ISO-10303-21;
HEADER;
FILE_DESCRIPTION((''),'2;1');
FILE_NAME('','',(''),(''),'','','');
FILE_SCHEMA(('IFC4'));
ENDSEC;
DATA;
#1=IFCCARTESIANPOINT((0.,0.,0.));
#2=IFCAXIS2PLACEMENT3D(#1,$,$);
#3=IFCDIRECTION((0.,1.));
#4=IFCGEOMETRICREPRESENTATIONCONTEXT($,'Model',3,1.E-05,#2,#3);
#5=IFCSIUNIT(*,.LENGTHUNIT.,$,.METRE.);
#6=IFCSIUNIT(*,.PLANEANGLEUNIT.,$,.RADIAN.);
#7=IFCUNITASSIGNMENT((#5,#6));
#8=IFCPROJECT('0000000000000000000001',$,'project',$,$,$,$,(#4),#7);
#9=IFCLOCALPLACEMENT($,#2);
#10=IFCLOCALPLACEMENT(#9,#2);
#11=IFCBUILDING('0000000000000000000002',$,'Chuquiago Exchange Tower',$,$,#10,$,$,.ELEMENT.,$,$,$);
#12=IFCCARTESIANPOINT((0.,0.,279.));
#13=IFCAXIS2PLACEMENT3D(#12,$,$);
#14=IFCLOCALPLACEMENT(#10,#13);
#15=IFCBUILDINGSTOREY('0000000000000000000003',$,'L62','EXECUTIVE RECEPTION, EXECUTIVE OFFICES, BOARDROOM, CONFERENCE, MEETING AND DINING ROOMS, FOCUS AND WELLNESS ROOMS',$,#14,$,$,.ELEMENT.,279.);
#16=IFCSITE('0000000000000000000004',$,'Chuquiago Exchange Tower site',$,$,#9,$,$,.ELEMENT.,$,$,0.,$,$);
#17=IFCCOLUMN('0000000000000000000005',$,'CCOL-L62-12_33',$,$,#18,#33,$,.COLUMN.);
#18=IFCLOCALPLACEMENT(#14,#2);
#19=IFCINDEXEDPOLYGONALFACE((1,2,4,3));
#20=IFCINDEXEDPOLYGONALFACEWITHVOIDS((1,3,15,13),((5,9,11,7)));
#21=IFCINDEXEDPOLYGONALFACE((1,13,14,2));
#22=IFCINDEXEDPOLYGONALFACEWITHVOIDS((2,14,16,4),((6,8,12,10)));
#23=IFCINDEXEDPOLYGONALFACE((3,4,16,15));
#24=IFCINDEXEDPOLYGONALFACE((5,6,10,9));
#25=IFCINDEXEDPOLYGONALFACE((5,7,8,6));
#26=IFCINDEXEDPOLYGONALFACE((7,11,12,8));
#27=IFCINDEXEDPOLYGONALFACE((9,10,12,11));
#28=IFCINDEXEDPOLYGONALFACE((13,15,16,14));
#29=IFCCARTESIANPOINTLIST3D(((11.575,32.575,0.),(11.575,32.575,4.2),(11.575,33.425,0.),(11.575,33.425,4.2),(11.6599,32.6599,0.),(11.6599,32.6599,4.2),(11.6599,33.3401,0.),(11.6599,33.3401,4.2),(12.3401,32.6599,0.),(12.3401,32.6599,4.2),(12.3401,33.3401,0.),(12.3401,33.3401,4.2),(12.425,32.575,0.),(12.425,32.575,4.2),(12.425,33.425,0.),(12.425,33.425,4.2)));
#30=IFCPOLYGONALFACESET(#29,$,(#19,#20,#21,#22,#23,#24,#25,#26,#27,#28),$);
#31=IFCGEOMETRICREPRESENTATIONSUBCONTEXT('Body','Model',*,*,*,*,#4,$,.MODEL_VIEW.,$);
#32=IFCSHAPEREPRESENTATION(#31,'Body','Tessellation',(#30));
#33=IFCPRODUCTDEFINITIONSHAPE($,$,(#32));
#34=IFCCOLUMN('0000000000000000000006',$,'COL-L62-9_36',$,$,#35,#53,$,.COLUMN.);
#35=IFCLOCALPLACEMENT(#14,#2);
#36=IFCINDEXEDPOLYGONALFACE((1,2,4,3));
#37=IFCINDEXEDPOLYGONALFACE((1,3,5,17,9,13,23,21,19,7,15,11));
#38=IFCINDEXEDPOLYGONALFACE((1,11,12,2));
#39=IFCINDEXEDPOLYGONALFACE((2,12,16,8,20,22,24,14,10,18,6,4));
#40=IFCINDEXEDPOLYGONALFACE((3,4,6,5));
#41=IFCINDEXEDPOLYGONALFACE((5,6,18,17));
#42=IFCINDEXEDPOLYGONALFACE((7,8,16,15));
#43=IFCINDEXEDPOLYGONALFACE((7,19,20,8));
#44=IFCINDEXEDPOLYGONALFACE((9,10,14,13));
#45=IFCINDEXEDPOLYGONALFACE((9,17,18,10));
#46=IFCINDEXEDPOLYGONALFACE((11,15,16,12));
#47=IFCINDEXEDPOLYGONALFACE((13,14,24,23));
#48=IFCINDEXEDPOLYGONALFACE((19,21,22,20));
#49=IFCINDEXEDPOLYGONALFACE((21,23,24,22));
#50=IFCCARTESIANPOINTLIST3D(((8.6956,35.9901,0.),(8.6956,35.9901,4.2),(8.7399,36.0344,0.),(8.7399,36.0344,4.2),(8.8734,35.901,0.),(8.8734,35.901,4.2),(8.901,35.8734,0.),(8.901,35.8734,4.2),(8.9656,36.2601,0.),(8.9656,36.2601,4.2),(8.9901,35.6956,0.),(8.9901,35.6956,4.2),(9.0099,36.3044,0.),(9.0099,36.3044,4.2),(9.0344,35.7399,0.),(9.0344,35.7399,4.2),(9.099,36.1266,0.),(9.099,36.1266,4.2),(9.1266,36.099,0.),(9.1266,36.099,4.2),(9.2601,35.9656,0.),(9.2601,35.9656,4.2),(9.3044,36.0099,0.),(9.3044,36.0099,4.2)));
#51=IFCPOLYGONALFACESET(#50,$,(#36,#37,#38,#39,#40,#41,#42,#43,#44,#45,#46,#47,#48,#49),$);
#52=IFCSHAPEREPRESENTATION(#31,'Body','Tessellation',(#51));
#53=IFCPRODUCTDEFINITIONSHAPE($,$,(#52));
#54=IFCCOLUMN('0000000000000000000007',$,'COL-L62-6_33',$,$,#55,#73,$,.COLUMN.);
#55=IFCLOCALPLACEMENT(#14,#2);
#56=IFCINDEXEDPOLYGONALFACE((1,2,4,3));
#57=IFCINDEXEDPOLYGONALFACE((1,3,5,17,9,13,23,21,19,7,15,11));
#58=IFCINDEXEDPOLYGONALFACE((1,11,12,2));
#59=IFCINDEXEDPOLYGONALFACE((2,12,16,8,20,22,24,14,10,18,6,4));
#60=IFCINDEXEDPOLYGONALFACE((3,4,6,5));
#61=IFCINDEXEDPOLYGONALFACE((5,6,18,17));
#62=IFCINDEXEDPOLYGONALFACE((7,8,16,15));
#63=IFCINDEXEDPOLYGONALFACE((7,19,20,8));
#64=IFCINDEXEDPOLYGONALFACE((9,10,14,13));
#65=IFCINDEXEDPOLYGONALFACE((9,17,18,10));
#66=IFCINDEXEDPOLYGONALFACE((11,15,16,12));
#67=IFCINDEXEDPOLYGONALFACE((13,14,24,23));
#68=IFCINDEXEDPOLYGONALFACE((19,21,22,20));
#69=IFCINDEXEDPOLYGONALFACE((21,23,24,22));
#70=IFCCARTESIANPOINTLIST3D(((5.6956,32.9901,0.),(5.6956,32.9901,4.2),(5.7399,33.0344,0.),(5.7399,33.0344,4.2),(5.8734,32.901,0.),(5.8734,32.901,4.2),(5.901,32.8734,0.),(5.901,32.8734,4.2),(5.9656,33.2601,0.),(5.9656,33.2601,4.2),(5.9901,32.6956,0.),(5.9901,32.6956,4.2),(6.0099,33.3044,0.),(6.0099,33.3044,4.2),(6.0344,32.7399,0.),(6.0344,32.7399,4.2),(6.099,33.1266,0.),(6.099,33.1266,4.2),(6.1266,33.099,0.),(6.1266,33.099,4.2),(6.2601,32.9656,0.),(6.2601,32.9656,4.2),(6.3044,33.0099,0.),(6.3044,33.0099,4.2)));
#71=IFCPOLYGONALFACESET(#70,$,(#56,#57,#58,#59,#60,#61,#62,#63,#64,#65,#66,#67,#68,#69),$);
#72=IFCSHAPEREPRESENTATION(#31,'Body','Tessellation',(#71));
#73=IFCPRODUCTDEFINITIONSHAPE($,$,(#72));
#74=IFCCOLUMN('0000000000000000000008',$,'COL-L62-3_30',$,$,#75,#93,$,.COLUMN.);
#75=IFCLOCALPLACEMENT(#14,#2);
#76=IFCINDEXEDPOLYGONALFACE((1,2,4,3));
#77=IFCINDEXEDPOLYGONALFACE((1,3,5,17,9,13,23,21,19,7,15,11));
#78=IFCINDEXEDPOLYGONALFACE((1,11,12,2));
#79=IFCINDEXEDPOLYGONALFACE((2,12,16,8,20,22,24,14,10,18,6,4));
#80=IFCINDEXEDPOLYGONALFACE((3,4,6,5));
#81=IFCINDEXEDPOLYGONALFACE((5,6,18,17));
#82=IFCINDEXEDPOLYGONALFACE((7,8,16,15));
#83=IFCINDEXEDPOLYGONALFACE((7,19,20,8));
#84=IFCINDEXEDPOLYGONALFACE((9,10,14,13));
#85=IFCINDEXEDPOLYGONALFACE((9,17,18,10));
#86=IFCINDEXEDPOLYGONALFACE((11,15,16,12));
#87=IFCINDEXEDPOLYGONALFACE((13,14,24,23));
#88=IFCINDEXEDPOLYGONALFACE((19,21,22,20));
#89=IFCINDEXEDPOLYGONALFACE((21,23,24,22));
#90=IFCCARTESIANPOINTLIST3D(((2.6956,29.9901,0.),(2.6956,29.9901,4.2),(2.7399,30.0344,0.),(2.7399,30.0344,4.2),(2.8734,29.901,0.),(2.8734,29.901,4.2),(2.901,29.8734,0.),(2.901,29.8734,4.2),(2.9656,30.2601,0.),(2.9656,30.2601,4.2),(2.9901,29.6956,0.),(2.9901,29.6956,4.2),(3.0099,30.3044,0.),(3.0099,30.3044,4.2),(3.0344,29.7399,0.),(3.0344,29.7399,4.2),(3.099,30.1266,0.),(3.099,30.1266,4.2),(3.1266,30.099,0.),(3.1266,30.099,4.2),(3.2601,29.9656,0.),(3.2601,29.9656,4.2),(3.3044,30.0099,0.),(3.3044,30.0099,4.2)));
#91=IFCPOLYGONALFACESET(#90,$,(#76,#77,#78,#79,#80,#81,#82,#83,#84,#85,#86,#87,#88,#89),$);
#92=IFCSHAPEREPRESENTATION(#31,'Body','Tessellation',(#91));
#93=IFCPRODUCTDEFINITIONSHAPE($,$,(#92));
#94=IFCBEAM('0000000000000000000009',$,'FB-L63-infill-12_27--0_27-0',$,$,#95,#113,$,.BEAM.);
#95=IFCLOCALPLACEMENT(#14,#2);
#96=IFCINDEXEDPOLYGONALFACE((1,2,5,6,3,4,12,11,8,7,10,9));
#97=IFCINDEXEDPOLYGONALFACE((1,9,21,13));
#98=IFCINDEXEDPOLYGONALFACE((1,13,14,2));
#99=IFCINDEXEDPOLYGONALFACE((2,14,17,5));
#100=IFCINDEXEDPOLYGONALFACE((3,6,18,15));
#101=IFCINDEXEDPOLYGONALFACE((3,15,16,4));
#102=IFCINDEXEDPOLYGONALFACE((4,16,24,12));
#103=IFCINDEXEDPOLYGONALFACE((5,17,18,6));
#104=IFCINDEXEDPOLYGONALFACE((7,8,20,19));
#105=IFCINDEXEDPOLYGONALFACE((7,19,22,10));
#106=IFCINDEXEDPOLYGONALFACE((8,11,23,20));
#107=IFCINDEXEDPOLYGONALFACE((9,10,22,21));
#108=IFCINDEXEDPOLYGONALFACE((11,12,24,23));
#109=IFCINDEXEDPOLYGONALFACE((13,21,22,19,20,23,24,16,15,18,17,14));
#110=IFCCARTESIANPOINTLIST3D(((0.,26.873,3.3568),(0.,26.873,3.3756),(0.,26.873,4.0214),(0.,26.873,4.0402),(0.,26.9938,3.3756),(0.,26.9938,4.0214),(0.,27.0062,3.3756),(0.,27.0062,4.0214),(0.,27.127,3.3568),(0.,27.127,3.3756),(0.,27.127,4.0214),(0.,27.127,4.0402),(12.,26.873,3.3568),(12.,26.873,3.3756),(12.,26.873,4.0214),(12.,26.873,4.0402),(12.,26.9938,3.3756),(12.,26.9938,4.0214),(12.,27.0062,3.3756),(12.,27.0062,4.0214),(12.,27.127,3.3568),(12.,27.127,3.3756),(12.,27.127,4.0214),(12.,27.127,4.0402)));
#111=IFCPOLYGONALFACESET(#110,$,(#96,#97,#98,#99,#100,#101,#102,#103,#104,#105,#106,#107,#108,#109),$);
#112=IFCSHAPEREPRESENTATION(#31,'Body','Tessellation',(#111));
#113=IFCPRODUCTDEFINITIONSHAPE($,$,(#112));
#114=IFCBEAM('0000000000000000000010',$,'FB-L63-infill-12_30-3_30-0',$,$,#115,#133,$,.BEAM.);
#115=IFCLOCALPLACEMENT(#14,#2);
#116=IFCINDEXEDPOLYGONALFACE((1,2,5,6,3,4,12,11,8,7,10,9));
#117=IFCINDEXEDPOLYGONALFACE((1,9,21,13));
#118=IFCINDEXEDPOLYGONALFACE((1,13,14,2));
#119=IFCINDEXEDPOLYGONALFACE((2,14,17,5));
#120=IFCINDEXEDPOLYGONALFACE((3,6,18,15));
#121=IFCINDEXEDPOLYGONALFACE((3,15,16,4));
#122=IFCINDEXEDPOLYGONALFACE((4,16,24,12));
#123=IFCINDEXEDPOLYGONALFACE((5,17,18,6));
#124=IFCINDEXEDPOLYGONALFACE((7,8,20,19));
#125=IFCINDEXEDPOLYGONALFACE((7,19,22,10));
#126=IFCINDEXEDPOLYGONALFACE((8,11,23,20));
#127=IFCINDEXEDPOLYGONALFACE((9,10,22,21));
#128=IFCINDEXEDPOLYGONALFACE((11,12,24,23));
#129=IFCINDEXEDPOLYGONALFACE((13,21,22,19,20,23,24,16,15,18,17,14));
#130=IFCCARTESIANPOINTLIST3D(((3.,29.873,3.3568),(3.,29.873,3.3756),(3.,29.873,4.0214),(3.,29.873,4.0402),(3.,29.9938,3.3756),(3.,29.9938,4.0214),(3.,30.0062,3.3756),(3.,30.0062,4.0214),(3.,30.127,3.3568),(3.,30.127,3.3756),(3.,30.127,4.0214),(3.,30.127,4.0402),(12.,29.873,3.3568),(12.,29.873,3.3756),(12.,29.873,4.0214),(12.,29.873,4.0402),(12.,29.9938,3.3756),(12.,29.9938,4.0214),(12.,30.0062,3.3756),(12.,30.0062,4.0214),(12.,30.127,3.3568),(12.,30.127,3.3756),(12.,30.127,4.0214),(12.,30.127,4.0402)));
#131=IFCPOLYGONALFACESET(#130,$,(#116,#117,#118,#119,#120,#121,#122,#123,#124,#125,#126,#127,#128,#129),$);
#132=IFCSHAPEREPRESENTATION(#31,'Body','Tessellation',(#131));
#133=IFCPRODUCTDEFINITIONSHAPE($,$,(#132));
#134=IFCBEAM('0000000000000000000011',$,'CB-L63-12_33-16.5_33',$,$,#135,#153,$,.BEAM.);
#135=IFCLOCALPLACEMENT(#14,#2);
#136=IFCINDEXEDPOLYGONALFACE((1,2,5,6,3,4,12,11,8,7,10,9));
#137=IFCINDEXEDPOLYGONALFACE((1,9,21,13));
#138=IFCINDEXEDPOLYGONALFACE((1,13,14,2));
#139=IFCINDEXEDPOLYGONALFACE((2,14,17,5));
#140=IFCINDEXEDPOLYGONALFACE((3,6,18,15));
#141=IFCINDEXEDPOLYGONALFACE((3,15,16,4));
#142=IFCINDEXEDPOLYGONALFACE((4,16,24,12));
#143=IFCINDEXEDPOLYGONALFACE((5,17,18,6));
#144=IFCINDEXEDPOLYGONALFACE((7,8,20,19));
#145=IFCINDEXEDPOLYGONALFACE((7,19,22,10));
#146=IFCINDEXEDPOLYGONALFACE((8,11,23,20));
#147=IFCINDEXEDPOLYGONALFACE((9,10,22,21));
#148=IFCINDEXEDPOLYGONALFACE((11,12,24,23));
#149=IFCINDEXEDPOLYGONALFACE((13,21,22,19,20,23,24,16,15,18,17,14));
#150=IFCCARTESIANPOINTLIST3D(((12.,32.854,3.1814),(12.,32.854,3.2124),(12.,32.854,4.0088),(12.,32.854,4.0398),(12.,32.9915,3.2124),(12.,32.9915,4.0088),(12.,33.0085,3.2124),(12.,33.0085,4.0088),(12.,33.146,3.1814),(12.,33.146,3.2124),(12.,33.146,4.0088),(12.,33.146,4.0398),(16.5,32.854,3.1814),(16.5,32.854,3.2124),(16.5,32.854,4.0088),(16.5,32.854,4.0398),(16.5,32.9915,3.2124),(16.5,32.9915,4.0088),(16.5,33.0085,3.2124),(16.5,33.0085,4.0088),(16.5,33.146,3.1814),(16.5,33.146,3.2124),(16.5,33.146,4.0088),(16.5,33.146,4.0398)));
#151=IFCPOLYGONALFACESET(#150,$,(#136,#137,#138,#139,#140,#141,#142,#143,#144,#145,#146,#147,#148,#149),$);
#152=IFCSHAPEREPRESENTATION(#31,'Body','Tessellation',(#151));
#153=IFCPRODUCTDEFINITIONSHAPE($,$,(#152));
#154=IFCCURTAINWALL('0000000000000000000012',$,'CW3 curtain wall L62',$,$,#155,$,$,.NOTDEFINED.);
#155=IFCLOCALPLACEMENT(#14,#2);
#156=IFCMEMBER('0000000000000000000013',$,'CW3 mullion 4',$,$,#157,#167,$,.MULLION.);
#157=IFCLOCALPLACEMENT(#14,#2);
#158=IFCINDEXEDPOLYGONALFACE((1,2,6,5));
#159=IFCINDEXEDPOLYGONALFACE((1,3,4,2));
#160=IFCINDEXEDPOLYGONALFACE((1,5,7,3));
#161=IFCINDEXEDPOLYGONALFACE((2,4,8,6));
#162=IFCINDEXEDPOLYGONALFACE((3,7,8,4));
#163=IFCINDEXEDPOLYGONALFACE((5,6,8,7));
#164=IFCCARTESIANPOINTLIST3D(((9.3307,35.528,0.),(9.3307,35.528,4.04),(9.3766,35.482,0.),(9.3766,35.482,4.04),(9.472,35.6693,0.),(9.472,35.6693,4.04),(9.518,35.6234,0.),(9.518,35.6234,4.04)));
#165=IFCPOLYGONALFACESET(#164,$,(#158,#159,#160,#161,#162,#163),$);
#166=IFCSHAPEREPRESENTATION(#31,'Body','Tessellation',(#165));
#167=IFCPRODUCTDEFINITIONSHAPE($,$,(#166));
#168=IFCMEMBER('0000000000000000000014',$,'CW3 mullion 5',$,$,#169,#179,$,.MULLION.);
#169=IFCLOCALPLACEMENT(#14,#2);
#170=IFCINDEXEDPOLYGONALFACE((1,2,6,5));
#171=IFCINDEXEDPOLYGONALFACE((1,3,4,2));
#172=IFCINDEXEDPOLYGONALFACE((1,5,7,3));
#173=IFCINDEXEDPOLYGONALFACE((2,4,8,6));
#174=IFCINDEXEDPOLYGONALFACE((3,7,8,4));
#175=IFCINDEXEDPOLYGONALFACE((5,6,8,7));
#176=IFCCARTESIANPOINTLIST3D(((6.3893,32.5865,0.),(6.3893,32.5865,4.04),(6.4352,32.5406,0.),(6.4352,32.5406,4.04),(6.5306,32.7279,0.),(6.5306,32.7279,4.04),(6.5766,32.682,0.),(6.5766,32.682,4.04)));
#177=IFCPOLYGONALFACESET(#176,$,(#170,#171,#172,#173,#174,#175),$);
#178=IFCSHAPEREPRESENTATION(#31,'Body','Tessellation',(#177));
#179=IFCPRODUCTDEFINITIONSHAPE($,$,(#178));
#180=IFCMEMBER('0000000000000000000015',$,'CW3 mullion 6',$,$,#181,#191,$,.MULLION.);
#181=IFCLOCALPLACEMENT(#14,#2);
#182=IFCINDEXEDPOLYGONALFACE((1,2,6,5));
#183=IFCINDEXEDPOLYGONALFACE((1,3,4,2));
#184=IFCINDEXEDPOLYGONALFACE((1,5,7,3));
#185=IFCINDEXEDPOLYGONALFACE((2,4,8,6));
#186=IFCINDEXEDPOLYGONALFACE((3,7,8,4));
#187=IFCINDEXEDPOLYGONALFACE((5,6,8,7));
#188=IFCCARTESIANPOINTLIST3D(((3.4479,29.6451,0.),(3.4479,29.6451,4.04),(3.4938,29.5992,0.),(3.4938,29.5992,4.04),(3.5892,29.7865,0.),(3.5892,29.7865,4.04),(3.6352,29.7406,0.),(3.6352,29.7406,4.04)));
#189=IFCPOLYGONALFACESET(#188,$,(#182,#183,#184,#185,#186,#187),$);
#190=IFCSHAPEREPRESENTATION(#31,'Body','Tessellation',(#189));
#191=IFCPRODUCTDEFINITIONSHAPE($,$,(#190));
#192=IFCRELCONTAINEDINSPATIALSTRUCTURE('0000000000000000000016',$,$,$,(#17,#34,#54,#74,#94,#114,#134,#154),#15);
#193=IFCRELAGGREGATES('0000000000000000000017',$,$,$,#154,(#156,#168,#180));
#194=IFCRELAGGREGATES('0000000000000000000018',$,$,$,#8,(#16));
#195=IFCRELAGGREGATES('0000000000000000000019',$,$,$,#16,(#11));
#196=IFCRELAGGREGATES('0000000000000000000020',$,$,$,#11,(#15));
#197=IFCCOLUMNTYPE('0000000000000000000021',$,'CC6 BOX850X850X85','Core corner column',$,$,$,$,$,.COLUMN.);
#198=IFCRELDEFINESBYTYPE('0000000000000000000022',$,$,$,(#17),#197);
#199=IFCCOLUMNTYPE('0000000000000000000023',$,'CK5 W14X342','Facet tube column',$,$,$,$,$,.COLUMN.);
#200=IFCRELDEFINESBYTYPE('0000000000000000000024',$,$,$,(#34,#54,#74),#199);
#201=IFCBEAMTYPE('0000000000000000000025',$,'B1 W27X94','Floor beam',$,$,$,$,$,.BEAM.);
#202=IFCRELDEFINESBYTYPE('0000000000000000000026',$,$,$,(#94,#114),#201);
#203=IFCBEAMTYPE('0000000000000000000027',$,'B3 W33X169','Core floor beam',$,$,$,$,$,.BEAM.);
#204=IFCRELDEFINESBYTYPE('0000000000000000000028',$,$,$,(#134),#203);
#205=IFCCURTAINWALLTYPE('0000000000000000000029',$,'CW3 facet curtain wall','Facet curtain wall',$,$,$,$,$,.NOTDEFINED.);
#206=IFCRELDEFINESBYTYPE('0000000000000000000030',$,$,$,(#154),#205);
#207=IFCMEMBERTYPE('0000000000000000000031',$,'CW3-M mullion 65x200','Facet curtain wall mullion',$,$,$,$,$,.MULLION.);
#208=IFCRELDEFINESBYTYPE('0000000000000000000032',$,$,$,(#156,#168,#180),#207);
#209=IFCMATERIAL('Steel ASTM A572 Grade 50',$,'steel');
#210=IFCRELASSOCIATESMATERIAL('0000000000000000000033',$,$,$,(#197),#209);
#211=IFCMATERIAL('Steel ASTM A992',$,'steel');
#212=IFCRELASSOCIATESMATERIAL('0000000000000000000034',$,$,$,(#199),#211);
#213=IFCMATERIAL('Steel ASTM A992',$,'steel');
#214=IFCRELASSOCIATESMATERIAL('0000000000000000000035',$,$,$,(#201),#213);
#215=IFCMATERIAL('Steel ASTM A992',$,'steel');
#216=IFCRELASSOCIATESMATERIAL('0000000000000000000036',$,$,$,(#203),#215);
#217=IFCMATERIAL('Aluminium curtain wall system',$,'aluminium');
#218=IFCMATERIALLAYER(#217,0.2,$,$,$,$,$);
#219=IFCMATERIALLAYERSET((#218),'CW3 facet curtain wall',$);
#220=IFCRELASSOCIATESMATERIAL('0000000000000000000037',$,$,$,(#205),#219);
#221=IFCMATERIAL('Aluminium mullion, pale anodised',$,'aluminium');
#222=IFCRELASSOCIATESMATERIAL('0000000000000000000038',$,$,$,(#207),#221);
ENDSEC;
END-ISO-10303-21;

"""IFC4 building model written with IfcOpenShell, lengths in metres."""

from ifc_helpers import new_model, si_unit, direction, frame, origin, origin_2d, place, context, subcontext, project, spatial, rectangle, hollow_rectangle, i_section, extrude, material, layer, layer_set, material_profile, profile_set, type_object, element, aggregate, save


model = new_model("IFC4")

# Units and contexts
model_context = context("Model", 3, precision=1e-05, world=origin(), true_north=direction((0.0, 1.0)))
body_context = subcontext(model_context, "Body", "Model", "MODEL_VIEW")
ifc_project = project(units=[si_unit("LENGTHUNIT", "METRE"), si_unit("PLANEANGLEUNIT", "RADIAN")], contexts=[model_context])

# Site, building, storey
site_placement = place(None, origin())
site = spatial("IfcSite", under=ifc_project, at=site_placement, Name="Chuquiago Exchange Tower site", CompositionType="ELEMENT", RefElevation=0.0)
building_placement = place(site_placement, origin())
building = spatial("IfcBuilding", under=site, at=building_placement, Name="Chuquiago Exchange Tower", CompositionType="ELEMENT")
storey_placement = place(building_placement, frame((0.0, 0.0, 279.0)))
storey = spatial("IfcBuildingStorey", under=building, at=storey_placement, Name="L62", Description="EXECUTIVE RECEPTION, EXECUTIVE OFFICES, BOARDROOM, CONFERENCE, MEETING AND DINING ROOMS, FOCUS AND WELLNESS ROOMS", CompositionType="ELEMENT", Elevation=279.0)

# Columns
ifc_material_1 = material(Name="Steel ASTM A572 Grade 50", Category="steel")
ifc_material_profile_1 = material_profile(ifc_material_1, hollow_rectangle(XDim=0.8501, YDim=0.8501, WallThickness=0.085, at=origin_2d()), Name="BOX850X850X85")
ifc_profile_set_1 = profile_set([ifc_material_profile_1], Name="Steel ASTM A572 Grade 50")
column_type_1 = type_object("IfcColumnType", Name="CC6 BOX850X850X85", Description="Core corner column", PredefinedType="COLUMN", material=ifc_profile_set_1)
column_placement = place(storey_placement, frame((12.0, 33.0, 0.0), z_axis=(0.0, 0.0, 1.0), x_axis=(1.0, 0.0, 0.0)))
element("IfcColumn", 1, at=column_placement, inside=storey, type_object=column_type_1, Name="CCOL-L62-12_33", PredefinedType="COLUMN", context=body_context, shape_type="SweptSolid", body=[
    extrude(hollow_rectangle(XDim=0.8501, YDim=0.8501, WallThickness=0.085, at=origin_2d()), origin(), (0.0, 0.0, 1.0), 4.2),
])
ifc_material_2 = material(Name="Steel ASTM A992", Category="steel")
ifc_material_profile_2 = material_profile(ifc_material_2, i_section(OverallWidth=0.4165, OverallDepth=0.4446, WebThickness=0.0391, FlangeThickness=0.0627, at=origin_2d()), Name="W14X342")
ifc_profile_set_2 = profile_set([ifc_material_profile_2], Name="Steel ASTM A992")
column_type_2 = type_object("IfcColumnType", Name="CK5 W14X342", Description="Facet tube column", PredefinedType="COLUMN", material=ifc_profile_set_2)
for number, where, z_axis, x_axis, name in (
    (2, (9.0, 36.0, 0.0), (0.0, 0.0, 1.0), (-0.707107, 0.707107, 0.0), "COL-L62-9_36"),
    (3, (6.0, 33.0, 0.0), (0.0, 0.0, 1.0), (-0.707107, 0.707107, 0.0), "COL-L62-6_33"),
    (4, (3.0, 30.0, 0.0), (0.0, 0.0, 1.0), (-0.707107, 0.707107, 0.0), "COL-L62-3_30"),
):
    element("IfcColumn", number, at=place(storey_placement, frame(where, z_axis=z_axis, x_axis=x_axis)), inside=storey, type_object=column_type_2, Name=name, PredefinedType="COLUMN", context=body_context, shape_type="SweptSolid", body=[
        extrude(i_section(OverallWidth=0.4165, OverallDepth=0.4446, WebThickness=0.0391, FlangeThickness=0.0627, at=origin_2d()), origin(), (0.0, 0.0, 1.0), 4.2),
    ])

# Beams
ifc_material_3 = material(Name="Steel ASTM A992", Category="steel")
ifc_material_profile_3 = material_profile(ifc_material_3, i_section(OverallWidth=0.2539, OverallDepth=0.6833, WebThickness=0.0125, FlangeThickness=0.0188, at=origin_2d()), Name="W27X94")
ifc_profile_set_3 = profile_set([ifc_material_profile_3], Name="Steel ASTM A992")
beam_type_1 = type_object("IfcBeamType", Name="B1 W27X94", Description="Floor beam", PredefinedType="BEAM", material=ifc_profile_set_3)
beam_1_placement = place(storey_placement, frame((12.0, 27.0, 3.6985), z_axis=(-1.0, 0.0, 0.0), x_axis=(0.0, -1.0, 0.0)))
element("IfcBeam", 5, at=beam_1_placement, inside=storey, type_object=beam_type_1, Name="FB-L63-infill-12_27--0_27-0", PredefinedType="BEAM", context=body_context, shape_type="SweptSolid", body=[
    extrude(i_section(OverallWidth=0.2539, OverallDepth=0.6833, WebThickness=0.0125, FlangeThickness=0.0188, at=origin_2d()), origin(), (0.0, 0.0, 1.0), 12.0),
])
beam_2_placement = place(storey_placement, frame((12.0, 30.0, 3.6985), z_axis=(-1.0, 0.0, 0.0), x_axis=(0.0, -1.0, 0.0)))
element("IfcBeam", 6, at=beam_2_placement, inside=storey, type_object=beam_type_1, Name="FB-L63-infill-12_30-3_30-0", PredefinedType="BEAM", context=body_context, shape_type="SweptSolid", body=[
    extrude(i_section(OverallWidth=0.2539, OverallDepth=0.6833, WebThickness=0.0125, FlangeThickness=0.0188, at=origin_2d()), origin(), (0.0, 0.0, 1.0), 9.0),
])
ifc_material_4 = material(Name="Steel ASTM A992", Category="steel")
ifc_material_profile_4 = material_profile(ifc_material_4, i_section(OverallWidth=0.292, OverallDepth=0.8584, WebThickness=0.0171, FlangeThickness=0.031, at=origin_2d()), Name="W33X169")
ifc_profile_set_4 = profile_set([ifc_material_profile_4], Name="Steel ASTM A992")
beam_type_2 = type_object("IfcBeamType", Name="B3 W33X169", Description="Core floor beam", PredefinedType="BEAM", material=ifc_profile_set_4)
beam_3_placement = place(storey_placement, frame((12.0, 33.0, 3.6106), z_axis=(1.0, 0.0, 0.0), x_axis=(0.0, 1.0, 0.0)))
element("IfcBeam", 7, at=beam_3_placement, inside=storey, type_object=beam_type_2, Name="CB-L63-12_33-16.5_33", PredefinedType="BEAM", context=body_context, shape_type="SweptSolid", body=[
    extrude(i_section(OverallWidth=0.292, OverallDepth=0.8584, WebThickness=0.0171, FlangeThickness=0.031, at=origin_2d()), origin(), (0.0, 0.0, 1.0), 4.5),
])

# Curtain wall, members
ifc_material_5 = material(Name="Aluminium curtain wall system", Category="aluminium")
ifc_layer_1 = layer(ifc_material_5, 0.2)
ifc_layer_set_1 = layer_set([ifc_layer_1], Name="CW3 facet curtain wall")
curtain_wall_type = type_object("IfcCurtainWallType", Name="CW3 facet curtain wall", Description="Facet curtain wall", PredefinedType="NOTDEFINED", material=ifc_layer_set_1)
curtain_wall_placement = place(storey_placement, origin())
curtain_wall = element("IfcCurtainWall", 8, at=curtain_wall_placement, inside=storey, type_object=curtain_wall_type, Name="CW3 curtain wall L62", PredefinedType="NOTDEFINED")
ifc_material_6 = material(Name="Aluminium mullion, pale anodised", Category="aluminium")
ifc_material_profile_5 = material_profile(ifc_material_6, rectangle(XDim=0.0649, YDim=0.2, at=origin_2d()), Name="AL 65x200")
ifc_profile_set_5 = profile_set([ifc_material_profile_5], Name="Aluminium mullion, pale anodised")
member_type_1 = type_object("IfcMemberType", Name="CW3-M mullion 65x200", Description="Facet curtain wall mullion", PredefinedType="MULLION", material=ifc_profile_set_5)
member_1_placement = place(storey_placement, frame((9.4243, 35.5757, 0.0), z_axis=(0.0, 0.0, 1.0), x_axis=(0.707107, -0.707107, 0.0)))
member_1 = element("IfcMember", 9, at=member_1_placement, type_object=member_type_1, Name="CW3 mullion 4", PredefinedType="MULLION", context=body_context, shape_type="SweptSolid", body=[
    extrude(rectangle(XDim=0.0649, YDim=0.2, at=origin_2d()), origin(), (0.0, 0.0, 1.0), 4.04),
])
member_2_placement = place(storey_placement, frame((6.4829, 32.6343, 0.0), z_axis=(0.0, 0.0, 1.0), x_axis=(0.707107, -0.707107, 0.0)))
member_2 = element("IfcMember", 10, at=member_2_placement, type_object=member_type_1, Name="CW3 mullion 5", PredefinedType="MULLION", context=body_context, shape_type="SweptSolid", body=[
    extrude(rectangle(XDim=0.0649, YDim=0.2, at=origin_2d()), origin(), (0.0, 0.0, 1.0), 4.04),
])
member_3_placement = place(storey_placement, frame((3.5415, 29.6929, 0.0), z_axis=(0.0, 0.0, 1.0), x_axis=(0.707107, -0.707107, 0.0)))
member_3 = element("IfcMember", 11, at=member_3_placement, type_object=member_type_1, Name="CW3 mullion 6", PredefinedType="MULLION", context=body_context, shape_type="SweptSolid", body=[
    extrude(rectangle(XDim=0.0649, YDim=0.2, at=origin_2d()), origin(), (0.0, 0.0, 1.0), 4.04),
])

aggregate(curtain_wall, [member_1, member_2, member_3])

save(model, "model.ifc")
